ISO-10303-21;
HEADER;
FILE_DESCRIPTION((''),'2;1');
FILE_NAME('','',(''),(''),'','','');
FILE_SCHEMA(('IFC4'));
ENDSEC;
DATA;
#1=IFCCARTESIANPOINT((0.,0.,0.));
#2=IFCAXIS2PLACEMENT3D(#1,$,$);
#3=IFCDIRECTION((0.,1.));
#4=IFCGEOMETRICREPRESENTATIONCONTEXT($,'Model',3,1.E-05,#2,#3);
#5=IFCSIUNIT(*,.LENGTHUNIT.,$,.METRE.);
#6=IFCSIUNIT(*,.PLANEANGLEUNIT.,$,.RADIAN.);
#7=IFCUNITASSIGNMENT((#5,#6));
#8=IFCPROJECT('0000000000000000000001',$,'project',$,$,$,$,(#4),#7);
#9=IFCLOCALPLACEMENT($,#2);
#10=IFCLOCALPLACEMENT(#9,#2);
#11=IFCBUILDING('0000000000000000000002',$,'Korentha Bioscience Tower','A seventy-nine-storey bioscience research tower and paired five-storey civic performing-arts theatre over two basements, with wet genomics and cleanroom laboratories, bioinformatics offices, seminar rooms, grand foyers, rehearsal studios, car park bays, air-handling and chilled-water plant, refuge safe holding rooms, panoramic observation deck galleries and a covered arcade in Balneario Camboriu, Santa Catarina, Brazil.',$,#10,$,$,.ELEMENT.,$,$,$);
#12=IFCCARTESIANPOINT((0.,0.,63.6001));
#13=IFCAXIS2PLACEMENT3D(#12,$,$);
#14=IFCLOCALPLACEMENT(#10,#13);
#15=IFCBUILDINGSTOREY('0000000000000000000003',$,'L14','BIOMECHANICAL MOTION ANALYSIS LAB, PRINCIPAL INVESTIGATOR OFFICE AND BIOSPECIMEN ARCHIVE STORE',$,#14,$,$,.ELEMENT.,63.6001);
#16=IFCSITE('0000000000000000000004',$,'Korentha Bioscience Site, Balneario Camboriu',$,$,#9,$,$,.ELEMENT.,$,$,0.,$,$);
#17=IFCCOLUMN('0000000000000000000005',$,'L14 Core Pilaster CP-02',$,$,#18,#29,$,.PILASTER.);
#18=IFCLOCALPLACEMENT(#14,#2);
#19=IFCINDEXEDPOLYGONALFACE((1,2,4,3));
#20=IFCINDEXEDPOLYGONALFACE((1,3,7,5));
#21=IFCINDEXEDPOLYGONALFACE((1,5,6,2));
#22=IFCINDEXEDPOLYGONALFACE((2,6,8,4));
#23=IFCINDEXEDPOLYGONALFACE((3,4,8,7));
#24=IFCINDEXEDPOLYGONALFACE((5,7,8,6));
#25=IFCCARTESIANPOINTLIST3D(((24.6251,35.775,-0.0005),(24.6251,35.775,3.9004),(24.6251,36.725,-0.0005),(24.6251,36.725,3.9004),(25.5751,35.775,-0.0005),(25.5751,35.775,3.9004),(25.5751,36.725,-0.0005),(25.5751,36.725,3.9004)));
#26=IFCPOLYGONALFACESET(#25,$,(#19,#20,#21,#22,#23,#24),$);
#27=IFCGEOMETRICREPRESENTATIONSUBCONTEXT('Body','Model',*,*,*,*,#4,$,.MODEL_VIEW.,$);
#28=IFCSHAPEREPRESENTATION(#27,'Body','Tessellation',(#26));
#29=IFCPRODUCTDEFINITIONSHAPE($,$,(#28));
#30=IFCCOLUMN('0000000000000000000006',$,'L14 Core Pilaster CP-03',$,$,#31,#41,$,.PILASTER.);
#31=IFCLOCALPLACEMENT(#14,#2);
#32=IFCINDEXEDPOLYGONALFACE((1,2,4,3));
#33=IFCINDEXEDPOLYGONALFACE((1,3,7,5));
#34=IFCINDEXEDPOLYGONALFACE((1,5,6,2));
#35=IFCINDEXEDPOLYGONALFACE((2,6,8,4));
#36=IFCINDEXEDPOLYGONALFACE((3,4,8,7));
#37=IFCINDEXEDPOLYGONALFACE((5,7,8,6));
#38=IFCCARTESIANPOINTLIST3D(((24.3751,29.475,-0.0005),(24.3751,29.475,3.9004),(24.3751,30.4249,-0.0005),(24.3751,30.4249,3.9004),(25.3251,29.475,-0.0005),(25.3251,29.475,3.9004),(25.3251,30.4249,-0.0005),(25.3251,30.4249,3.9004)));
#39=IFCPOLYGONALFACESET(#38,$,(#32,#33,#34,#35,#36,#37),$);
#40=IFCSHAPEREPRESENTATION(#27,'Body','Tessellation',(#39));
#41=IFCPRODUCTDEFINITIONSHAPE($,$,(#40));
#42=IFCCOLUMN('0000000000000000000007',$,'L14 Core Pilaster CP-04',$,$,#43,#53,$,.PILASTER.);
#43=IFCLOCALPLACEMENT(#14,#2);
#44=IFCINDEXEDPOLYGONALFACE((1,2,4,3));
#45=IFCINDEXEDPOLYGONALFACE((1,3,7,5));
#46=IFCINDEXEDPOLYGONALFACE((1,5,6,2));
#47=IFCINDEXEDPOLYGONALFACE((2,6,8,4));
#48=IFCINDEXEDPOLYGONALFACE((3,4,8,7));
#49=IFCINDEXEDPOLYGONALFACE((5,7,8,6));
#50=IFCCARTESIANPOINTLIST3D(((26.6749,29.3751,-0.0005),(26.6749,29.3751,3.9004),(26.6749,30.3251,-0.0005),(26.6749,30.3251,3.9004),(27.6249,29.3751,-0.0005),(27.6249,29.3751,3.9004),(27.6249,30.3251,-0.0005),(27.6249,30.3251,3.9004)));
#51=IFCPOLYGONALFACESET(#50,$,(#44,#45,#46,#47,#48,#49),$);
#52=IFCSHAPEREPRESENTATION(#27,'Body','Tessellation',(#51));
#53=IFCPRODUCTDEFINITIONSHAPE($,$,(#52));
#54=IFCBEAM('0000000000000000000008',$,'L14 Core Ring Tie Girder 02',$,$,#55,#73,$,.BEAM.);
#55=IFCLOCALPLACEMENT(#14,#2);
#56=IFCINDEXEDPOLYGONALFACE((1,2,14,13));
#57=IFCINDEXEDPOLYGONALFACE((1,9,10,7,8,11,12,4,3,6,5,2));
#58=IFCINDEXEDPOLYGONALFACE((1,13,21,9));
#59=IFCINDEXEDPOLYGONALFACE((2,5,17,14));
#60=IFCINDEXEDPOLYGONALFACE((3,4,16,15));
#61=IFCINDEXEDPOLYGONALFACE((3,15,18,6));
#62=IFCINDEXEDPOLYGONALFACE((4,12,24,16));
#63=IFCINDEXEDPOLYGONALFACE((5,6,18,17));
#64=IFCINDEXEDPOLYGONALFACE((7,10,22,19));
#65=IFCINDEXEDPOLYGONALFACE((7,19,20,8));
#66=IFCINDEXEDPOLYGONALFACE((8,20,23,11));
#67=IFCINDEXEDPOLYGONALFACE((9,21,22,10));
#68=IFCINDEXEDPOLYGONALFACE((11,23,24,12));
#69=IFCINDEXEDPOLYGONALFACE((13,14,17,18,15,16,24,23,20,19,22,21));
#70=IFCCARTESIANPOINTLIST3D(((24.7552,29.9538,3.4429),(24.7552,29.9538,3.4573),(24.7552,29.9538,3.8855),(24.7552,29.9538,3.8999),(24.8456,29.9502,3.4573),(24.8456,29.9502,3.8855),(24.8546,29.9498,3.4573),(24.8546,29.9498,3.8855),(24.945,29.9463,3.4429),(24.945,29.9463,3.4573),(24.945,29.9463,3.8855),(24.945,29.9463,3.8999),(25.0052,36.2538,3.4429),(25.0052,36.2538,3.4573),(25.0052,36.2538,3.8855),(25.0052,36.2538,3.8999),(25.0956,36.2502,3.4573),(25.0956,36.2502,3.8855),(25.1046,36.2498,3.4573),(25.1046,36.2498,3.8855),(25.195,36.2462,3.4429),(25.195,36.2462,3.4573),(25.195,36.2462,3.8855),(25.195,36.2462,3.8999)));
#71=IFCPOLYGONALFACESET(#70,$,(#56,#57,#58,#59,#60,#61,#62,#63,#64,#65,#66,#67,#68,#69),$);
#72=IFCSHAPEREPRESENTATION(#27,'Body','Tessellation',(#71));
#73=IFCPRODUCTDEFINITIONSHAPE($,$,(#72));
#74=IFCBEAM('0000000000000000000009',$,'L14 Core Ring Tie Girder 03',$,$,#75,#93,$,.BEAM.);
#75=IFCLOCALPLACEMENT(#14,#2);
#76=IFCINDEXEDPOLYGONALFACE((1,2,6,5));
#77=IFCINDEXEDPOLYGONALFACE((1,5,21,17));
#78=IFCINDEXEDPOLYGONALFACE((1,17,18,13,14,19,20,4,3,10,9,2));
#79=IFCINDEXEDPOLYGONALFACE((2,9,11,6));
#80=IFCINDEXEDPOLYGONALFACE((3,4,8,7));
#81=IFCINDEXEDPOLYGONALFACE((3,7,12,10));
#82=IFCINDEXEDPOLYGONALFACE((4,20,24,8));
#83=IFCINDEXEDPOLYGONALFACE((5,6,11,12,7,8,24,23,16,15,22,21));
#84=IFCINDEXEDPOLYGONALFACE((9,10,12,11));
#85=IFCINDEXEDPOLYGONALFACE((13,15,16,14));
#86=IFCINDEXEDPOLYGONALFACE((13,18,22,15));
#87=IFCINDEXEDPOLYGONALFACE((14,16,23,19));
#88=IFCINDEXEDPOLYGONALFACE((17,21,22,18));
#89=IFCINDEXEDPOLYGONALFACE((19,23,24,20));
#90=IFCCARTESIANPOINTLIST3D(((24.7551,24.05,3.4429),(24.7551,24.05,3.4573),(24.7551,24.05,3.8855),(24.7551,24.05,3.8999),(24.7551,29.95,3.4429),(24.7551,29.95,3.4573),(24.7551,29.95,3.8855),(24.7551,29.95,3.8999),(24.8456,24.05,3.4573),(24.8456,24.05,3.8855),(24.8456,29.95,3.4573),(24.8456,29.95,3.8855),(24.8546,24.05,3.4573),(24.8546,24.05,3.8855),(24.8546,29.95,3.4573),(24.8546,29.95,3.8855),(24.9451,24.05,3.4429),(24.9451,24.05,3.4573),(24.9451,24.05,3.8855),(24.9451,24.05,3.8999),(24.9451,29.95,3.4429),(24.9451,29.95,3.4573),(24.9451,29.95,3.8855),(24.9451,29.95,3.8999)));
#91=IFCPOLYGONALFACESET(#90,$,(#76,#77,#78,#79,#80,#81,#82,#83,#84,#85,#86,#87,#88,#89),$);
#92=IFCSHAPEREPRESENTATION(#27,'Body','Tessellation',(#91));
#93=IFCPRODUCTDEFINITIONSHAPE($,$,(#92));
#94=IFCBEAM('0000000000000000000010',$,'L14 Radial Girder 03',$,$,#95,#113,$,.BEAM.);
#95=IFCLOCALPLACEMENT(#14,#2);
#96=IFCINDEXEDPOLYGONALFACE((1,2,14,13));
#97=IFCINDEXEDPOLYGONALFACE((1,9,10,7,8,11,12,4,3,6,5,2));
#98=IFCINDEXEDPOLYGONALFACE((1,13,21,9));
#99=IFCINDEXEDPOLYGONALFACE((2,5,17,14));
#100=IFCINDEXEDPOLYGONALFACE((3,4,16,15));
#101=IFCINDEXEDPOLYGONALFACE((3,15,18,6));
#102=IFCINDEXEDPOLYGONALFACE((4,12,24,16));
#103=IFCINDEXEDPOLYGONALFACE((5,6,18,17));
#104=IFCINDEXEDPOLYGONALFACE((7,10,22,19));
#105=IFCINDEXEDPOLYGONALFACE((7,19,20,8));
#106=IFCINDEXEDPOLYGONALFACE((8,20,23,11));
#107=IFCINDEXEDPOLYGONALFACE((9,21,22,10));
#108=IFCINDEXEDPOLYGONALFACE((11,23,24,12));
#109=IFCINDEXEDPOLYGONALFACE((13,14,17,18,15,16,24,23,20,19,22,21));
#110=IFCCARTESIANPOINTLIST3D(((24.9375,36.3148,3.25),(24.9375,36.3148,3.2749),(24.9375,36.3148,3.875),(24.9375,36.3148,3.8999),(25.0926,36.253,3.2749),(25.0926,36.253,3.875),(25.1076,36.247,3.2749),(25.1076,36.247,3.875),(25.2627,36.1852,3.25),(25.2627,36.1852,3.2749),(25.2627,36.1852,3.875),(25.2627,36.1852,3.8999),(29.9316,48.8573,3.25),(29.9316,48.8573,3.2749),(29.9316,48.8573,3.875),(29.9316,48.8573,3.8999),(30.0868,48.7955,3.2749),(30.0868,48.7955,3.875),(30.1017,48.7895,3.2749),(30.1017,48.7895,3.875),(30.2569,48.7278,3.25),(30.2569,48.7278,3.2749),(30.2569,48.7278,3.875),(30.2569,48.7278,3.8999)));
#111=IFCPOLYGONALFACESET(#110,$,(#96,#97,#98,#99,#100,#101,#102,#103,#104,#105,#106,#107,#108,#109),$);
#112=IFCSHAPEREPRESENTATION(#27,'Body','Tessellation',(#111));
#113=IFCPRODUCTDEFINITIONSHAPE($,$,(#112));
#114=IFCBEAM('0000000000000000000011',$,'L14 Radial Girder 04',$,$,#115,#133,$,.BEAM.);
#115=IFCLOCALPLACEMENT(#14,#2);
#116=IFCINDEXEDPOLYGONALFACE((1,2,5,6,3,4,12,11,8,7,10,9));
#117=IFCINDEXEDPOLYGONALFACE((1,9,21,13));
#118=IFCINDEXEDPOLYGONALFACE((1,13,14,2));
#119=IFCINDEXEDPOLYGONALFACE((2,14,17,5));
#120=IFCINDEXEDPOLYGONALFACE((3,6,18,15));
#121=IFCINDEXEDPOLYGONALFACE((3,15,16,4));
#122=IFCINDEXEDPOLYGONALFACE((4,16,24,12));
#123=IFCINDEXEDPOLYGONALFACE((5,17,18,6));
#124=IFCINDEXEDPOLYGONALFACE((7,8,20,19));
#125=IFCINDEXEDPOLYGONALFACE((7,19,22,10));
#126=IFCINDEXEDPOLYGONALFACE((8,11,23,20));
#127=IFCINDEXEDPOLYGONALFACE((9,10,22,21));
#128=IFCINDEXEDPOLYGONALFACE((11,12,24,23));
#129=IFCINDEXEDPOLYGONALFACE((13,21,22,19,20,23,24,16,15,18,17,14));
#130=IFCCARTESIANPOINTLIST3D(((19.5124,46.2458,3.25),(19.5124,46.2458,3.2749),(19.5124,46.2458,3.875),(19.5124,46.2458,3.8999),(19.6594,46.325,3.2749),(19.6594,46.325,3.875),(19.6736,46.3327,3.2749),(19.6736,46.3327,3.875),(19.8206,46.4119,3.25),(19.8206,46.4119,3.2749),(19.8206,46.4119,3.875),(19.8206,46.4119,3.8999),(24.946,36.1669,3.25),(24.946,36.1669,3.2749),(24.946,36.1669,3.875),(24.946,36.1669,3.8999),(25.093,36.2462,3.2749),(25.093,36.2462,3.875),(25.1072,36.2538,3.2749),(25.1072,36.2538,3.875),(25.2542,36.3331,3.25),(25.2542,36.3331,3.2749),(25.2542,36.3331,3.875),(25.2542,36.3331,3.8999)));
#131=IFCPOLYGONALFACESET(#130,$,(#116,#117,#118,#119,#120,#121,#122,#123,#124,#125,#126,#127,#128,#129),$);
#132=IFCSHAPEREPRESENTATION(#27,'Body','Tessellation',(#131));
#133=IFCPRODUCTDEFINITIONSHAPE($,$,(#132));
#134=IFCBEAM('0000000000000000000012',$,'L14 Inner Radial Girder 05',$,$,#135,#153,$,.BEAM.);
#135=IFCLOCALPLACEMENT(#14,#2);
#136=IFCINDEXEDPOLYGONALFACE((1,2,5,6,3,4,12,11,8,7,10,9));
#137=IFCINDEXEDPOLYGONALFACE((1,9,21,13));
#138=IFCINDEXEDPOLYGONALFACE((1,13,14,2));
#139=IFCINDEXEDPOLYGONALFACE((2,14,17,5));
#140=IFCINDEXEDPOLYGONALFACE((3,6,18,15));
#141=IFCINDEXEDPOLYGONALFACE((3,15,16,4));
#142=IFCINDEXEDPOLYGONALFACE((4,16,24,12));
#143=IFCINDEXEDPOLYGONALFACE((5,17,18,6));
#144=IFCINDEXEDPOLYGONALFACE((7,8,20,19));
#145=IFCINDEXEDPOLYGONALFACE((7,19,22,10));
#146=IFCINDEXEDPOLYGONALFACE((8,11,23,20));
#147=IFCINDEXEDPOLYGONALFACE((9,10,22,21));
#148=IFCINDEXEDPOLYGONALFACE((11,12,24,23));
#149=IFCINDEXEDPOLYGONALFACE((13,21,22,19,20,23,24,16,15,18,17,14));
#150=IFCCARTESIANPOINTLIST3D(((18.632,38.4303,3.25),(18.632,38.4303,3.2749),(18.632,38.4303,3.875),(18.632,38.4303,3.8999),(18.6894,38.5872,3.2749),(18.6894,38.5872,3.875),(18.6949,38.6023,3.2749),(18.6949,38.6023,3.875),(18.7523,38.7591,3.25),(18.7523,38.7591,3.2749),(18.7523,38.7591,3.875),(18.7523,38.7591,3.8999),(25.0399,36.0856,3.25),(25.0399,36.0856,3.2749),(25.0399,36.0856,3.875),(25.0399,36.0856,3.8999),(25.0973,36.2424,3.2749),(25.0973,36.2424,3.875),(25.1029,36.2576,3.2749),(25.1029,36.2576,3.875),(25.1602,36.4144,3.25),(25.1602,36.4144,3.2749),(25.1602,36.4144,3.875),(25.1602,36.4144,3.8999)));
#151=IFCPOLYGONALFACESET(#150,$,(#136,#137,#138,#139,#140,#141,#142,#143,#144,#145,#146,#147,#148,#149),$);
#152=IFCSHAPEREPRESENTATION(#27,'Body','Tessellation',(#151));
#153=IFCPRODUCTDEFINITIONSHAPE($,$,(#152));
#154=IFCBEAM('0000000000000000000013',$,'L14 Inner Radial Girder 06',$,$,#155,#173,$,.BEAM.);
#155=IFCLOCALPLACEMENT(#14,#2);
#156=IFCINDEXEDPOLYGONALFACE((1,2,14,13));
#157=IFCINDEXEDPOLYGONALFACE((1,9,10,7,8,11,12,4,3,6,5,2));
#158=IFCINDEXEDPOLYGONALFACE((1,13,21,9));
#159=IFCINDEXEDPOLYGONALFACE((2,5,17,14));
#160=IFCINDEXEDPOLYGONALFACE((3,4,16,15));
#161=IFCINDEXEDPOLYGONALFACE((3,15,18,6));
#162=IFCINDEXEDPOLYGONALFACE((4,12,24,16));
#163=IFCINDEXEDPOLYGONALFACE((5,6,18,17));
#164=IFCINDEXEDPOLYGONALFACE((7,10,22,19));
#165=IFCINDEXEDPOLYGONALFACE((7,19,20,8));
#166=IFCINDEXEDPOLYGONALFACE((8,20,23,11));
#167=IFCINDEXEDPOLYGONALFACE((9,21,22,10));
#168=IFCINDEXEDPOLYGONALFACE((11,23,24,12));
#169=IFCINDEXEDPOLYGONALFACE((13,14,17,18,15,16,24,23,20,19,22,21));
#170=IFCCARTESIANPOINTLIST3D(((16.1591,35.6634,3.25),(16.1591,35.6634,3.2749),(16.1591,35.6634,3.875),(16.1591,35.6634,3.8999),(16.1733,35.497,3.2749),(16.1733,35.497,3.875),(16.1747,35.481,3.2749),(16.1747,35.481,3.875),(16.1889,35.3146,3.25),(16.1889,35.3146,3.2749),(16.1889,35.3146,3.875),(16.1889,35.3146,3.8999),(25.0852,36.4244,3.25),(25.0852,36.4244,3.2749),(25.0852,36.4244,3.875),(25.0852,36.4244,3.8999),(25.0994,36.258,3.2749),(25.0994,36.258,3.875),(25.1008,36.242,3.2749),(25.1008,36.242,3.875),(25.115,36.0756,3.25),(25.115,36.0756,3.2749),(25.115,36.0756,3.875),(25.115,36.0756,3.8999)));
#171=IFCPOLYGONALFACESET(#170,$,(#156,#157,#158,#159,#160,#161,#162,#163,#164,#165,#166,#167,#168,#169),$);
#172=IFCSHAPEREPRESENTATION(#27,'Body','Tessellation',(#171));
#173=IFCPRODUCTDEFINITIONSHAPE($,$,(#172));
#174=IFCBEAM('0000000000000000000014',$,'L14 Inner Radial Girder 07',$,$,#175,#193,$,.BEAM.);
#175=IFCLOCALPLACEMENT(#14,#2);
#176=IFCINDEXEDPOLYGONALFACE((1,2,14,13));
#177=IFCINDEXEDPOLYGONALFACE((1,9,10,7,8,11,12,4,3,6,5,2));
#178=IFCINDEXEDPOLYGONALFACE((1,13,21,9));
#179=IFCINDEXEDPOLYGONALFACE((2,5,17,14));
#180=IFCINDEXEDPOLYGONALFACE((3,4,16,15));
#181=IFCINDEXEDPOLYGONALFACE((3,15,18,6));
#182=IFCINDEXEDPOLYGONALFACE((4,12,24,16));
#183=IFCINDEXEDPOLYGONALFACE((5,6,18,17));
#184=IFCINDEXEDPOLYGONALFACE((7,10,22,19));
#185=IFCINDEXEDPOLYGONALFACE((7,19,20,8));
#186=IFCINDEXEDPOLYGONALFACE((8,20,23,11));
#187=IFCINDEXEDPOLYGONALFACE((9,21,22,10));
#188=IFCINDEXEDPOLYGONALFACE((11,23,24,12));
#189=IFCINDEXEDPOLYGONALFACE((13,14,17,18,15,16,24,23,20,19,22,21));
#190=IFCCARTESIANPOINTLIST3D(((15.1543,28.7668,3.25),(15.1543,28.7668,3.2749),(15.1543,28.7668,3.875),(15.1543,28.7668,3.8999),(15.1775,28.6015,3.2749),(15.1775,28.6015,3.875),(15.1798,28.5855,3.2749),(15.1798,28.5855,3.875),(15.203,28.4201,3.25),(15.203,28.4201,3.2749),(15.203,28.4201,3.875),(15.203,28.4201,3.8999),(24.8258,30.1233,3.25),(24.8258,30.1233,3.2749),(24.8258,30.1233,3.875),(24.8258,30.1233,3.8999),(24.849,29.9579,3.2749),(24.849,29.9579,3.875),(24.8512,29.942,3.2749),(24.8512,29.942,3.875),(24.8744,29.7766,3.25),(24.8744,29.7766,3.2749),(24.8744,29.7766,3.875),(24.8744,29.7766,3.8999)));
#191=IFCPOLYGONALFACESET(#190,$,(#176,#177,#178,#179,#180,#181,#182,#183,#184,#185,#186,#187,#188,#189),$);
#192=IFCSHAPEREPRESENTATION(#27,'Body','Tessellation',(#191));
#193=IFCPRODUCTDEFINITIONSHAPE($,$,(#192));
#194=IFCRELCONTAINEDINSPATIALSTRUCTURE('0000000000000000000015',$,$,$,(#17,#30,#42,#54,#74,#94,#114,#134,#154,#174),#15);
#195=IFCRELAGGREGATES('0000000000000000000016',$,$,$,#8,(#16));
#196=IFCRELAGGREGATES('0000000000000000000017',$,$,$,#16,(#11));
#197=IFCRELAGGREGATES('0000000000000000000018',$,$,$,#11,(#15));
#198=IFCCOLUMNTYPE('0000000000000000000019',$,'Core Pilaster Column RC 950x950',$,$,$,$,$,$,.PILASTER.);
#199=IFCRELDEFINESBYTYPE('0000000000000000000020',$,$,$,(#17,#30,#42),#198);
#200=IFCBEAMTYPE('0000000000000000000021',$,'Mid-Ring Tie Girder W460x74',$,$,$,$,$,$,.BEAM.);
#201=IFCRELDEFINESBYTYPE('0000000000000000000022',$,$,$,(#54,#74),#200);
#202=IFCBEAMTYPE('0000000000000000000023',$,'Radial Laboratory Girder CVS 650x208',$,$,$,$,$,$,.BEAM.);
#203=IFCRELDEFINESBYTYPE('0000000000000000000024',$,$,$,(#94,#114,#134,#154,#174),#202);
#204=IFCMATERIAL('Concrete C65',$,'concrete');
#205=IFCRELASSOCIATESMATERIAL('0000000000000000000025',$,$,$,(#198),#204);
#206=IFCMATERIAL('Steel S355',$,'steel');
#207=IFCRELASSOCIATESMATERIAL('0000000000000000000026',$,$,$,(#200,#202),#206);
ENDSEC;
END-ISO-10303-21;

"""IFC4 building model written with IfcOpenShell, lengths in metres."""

from ifc_helpers import new_model, si_unit, direction, frame, origin, origin_2d, place, context, subcontext, project, spatial, rectangle, i_section, extrude, material, material_profile, profile_set, type_object, element, save


model = new_model("IFC4")

# Units and contexts
model_context = context("Model", 3, precision=1e-05, world=origin(), true_north=direction((0.0, 1.0)))
body_context = subcontext(model_context, "Body", "Model", "MODEL_VIEW")
ifc_project = project(units=[si_unit("LENGTHUNIT", "METRE"), si_unit("PLANEANGLEUNIT", "RADIAN")], contexts=[model_context])

# Site, building, storey
site_placement = place(None, origin())
site = spatial("IfcSite", under=ifc_project, at=site_placement, Name="Korentha Bioscience Site, Balneario Camboriu", CompositionType="ELEMENT", RefElevation=0.0)
building_placement = place(site_placement, origin())
building = spatial("IfcBuilding", under=site, at=building_placement, Name="Korentha Bioscience Tower", Description="A seventy-nine-storey bioscience research tower and paired five-storey civic performing-arts theatre over two basements, with wet genomics and cleanroom laboratories, bioinformatics offices, seminar rooms, grand foyers, rehearsal studios, car park bays, air-handling and chilled-water plant, refuge safe holding rooms, panoramic observation deck galleries and a covered arcade in Balneario Camboriu, Santa Catarina, Brazil.", CompositionType="ELEMENT")
storey_placement = place(building_placement, frame((0.0, 0.0, 63.6001)))
storey = spatial("IfcBuildingStorey", under=building, at=storey_placement, Name="L14", Description="BIOMECHANICAL MOTION ANALYSIS LAB, PRINCIPAL INVESTIGATOR OFFICE AND BIOSPECIMEN ARCHIVE STORE", CompositionType="ELEMENT", Elevation=63.6001)

# Columns
ifc_material_1 = material(Name="Concrete C65", Category="concrete")
ifc_material_profile_1 = material_profile(ifc_material_1, rectangle(XDim=0.95, YDim=0.95, at=origin_2d()), Name="Concrete C65")
ifc_profile_set_1 = profile_set([ifc_material_profile_1], Name="Concrete C65 (COL-CP09)")
column_type = type_object("IfcColumnType", Name="Core Pilaster Column RC 950x950", PredefinedType="PILASTER", material=ifc_profile_set_1)
for number, where, z_axis, x_axis, name in (
    (1, (25.1001, 36.25, -0.0005), (0.0, 0.0, 1.0), (1.0, 0.0, 0.0), "L14 Core Pilaster CP-02"),
    (2, (24.8501, 29.95, -0.0005), (0.0, 0.0, 1.0), (1.0, 0.0, 0.0), "L14 Core Pilaster CP-03"),
    (3, (27.1499, 29.8501, -0.0005), (0.0, 0.0, 1.0), (1.0, 0.0, 0.0), "L14 Core Pilaster CP-04"),
):
    element("IfcColumn", number, at=place(storey_placement, frame(where, z_axis=z_axis, x_axis=x_axis)), inside=storey, type_object=column_type, Name=name, PredefinedType="PILASTER", context=body_context, shape_type="SweptSolid", body=[
        extrude(rectangle(XDim=0.95, YDim=0.95, at=origin_2d()), origin(), (0.0, 0.0, 1.0), 3.9009),
    ])

# Beams
ifc_material_2 = material(Name="Steel S355", Category="steel")
ifc_material_profile_2 = material_profile(ifc_material_2, i_section(OverallWidth=0.1899, OverallDepth=0.457, WebThickness=0.009, FlangeThickness=0.0144, at=origin_2d()), Name="Steel S355")
ifc_profile_set_2 = profile_set([ifc_material_profile_2], Name="Steel S355 (MB-460)")
beam_type_1 = type_object("IfcBeamType", Name="Mid-Ring Tie Girder W460x74", PredefinedType="BEAM", material=ifc_profile_set_2)
beam_1_placement = place(storey_placement, frame((25.1001, 36.25, 3.6714), z_axis=(-0.039651, -0.999214, 0.0), x_axis=(0.999214, -0.039651, 0.0)))
element("IfcBeam", 4, at=beam_1_placement, inside=storey, type_object=beam_type_1, Name="L14 Core Ring Tie Girder 02", PredefinedType="BEAM", context=body_context, shape_type="SweptSolid", body=[
    extrude(i_section(OverallWidth=0.1899, OverallDepth=0.457, WebThickness=0.009, FlangeThickness=0.0144, at=origin_2d()), origin(), (0.0, 0.0, 1.0), 6.3049),
])
beam_2_placement = place(storey_placement, frame((24.8501, 29.95, 3.6714), z_axis=(0.0, -1.0, 0.0), x_axis=(1.0, 0.0, 0.0)))
element("IfcBeam", 5, at=beam_2_placement, inside=storey, type_object=beam_type_1, Name="L14 Core Ring Tie Girder 03", PredefinedType="BEAM", context=body_context, shape_type="SweptSolid", body=[
    extrude(i_section(OverallWidth=0.1899, OverallDepth=0.457, WebThickness=0.009, FlangeThickness=0.0144, at=origin_2d()), origin(), (0.0, 0.0, 1.0), 5.8999),
])
ifc_material_profile_3 = material_profile(ifc_material_2, i_section(OverallWidth=0.3501, OverallDepth=0.6499, WebThickness=0.0161, FlangeThickness=0.0249, at=origin_2d()), Name="Steel S355")
ifc_profile_set_3 = profile_set([ifc_material_profile_3], Name="Steel S355 (RB-650)")
beam_type_2 = type_object("IfcBeamType", Name="Radial Laboratory Girder CVS 650x208", PredefinedType="BEAM", material=ifc_profile_set_3)
beam_3_placement = place(storey_placement, frame((25.1001, 36.25, 3.575), z_axis=(0.369931, 0.929059, 0.0), x_axis=(-0.929059, 0.369931, 0.0)))
element("IfcBeam", 6, at=beam_3_placement, inside=storey, type_object=beam_type_2, Name="L14 Radial Girder 03", PredefinedType="BEAM", context=body_context, shape_type="SweptSolid", body=[
    extrude(i_section(OverallWidth=0.3501, OverallDepth=0.6499, WebThickness=0.0161, FlangeThickness=0.0249, at=origin_2d()), origin(), (0.0, 0.0, 1.0), 13.5002),
])
beam_4_placement = place(storey_placement, frame((25.1001, 36.25, 3.575), z_axis=(-0.474541, 0.880233, 0.0), x_axis=(-0.880233, -0.474541, 0.0)))
element("IfcBeam", 7, at=beam_4_placement, inside=storey, type_object=beam_type_2, Name="L14 Radial Girder 04", PredefinedType="BEAM", context=body_context, shape_type="SweptSolid", body=[
    extrude(i_section(OverallWidth=0.3501, OverallDepth=0.6499, WebThickness=0.0161, FlangeThickness=0.0249, at=origin_2d()), origin(), (0.0, 0.0, 1.0), 11.4502),
])
beam_5_placement = place(storey_placement, frame((25.1001, 36.25, 3.575), z_axis=(-0.939106, 0.343627, 0.0), x_axis=(-0.343627, -0.939106, 0.0)))
element("IfcBeam", 8, at=beam_5_placement, inside=storey, type_object=beam_type_2, Name="L14 Inner Radial Girder 05", PredefinedType="BEAM", context=body_context, shape_type="SweptSolid", body=[
    extrude(i_section(OverallWidth=0.3501, OverallDepth=0.6499, WebThickness=0.0161, FlangeThickness=0.0249, at=origin_2d()), origin(), (0.0, 0.0, 1.0), 6.8235),
])
beam_6_placement = place(storey_placement, frame((25.1001, 36.25, 3.575), z_axis=(-0.996386, -0.084947, 0.0), x_axis=(0.084947, -0.996386, 0.0)))
element("IfcBeam", 9, at=beam_6_placement, inside=storey, type_object=beam_type_2, Name="L14 Inner Radial Girder 06", PredefinedType="BEAM", context=body_context, shape_type="SweptSolid", body=[
    extrude(i_section(OverallWidth=0.3501, OverallDepth=0.6499, WebThickness=0.0161, FlangeThickness=0.0249, at=origin_2d()), origin(), (0.0, 0.0, 1.0), 8.9585),
])
beam_7_placement = place(storey_placement, frame((24.8501, 29.95, 3.575), z_axis=(-0.990307, -0.138894, 0.0), x_axis=(0.138894, -0.990307, 0.0)))
element("IfcBeam", 10, at=beam_7_placement, inside=storey, type_object=beam_type_2, Name="L14 Inner Radial Girder 07", PredefinedType="BEAM", context=body_context, shape_type="SweptSolid", body=[
    extrude(i_section(OverallWidth=0.3501, OverallDepth=0.6499, WebThickness=0.0161, FlangeThickness=0.0249, at=origin_2d()), origin(), (0.0, 0.0, 1.0), 9.7661),
])

save(model, "model.ifc")
